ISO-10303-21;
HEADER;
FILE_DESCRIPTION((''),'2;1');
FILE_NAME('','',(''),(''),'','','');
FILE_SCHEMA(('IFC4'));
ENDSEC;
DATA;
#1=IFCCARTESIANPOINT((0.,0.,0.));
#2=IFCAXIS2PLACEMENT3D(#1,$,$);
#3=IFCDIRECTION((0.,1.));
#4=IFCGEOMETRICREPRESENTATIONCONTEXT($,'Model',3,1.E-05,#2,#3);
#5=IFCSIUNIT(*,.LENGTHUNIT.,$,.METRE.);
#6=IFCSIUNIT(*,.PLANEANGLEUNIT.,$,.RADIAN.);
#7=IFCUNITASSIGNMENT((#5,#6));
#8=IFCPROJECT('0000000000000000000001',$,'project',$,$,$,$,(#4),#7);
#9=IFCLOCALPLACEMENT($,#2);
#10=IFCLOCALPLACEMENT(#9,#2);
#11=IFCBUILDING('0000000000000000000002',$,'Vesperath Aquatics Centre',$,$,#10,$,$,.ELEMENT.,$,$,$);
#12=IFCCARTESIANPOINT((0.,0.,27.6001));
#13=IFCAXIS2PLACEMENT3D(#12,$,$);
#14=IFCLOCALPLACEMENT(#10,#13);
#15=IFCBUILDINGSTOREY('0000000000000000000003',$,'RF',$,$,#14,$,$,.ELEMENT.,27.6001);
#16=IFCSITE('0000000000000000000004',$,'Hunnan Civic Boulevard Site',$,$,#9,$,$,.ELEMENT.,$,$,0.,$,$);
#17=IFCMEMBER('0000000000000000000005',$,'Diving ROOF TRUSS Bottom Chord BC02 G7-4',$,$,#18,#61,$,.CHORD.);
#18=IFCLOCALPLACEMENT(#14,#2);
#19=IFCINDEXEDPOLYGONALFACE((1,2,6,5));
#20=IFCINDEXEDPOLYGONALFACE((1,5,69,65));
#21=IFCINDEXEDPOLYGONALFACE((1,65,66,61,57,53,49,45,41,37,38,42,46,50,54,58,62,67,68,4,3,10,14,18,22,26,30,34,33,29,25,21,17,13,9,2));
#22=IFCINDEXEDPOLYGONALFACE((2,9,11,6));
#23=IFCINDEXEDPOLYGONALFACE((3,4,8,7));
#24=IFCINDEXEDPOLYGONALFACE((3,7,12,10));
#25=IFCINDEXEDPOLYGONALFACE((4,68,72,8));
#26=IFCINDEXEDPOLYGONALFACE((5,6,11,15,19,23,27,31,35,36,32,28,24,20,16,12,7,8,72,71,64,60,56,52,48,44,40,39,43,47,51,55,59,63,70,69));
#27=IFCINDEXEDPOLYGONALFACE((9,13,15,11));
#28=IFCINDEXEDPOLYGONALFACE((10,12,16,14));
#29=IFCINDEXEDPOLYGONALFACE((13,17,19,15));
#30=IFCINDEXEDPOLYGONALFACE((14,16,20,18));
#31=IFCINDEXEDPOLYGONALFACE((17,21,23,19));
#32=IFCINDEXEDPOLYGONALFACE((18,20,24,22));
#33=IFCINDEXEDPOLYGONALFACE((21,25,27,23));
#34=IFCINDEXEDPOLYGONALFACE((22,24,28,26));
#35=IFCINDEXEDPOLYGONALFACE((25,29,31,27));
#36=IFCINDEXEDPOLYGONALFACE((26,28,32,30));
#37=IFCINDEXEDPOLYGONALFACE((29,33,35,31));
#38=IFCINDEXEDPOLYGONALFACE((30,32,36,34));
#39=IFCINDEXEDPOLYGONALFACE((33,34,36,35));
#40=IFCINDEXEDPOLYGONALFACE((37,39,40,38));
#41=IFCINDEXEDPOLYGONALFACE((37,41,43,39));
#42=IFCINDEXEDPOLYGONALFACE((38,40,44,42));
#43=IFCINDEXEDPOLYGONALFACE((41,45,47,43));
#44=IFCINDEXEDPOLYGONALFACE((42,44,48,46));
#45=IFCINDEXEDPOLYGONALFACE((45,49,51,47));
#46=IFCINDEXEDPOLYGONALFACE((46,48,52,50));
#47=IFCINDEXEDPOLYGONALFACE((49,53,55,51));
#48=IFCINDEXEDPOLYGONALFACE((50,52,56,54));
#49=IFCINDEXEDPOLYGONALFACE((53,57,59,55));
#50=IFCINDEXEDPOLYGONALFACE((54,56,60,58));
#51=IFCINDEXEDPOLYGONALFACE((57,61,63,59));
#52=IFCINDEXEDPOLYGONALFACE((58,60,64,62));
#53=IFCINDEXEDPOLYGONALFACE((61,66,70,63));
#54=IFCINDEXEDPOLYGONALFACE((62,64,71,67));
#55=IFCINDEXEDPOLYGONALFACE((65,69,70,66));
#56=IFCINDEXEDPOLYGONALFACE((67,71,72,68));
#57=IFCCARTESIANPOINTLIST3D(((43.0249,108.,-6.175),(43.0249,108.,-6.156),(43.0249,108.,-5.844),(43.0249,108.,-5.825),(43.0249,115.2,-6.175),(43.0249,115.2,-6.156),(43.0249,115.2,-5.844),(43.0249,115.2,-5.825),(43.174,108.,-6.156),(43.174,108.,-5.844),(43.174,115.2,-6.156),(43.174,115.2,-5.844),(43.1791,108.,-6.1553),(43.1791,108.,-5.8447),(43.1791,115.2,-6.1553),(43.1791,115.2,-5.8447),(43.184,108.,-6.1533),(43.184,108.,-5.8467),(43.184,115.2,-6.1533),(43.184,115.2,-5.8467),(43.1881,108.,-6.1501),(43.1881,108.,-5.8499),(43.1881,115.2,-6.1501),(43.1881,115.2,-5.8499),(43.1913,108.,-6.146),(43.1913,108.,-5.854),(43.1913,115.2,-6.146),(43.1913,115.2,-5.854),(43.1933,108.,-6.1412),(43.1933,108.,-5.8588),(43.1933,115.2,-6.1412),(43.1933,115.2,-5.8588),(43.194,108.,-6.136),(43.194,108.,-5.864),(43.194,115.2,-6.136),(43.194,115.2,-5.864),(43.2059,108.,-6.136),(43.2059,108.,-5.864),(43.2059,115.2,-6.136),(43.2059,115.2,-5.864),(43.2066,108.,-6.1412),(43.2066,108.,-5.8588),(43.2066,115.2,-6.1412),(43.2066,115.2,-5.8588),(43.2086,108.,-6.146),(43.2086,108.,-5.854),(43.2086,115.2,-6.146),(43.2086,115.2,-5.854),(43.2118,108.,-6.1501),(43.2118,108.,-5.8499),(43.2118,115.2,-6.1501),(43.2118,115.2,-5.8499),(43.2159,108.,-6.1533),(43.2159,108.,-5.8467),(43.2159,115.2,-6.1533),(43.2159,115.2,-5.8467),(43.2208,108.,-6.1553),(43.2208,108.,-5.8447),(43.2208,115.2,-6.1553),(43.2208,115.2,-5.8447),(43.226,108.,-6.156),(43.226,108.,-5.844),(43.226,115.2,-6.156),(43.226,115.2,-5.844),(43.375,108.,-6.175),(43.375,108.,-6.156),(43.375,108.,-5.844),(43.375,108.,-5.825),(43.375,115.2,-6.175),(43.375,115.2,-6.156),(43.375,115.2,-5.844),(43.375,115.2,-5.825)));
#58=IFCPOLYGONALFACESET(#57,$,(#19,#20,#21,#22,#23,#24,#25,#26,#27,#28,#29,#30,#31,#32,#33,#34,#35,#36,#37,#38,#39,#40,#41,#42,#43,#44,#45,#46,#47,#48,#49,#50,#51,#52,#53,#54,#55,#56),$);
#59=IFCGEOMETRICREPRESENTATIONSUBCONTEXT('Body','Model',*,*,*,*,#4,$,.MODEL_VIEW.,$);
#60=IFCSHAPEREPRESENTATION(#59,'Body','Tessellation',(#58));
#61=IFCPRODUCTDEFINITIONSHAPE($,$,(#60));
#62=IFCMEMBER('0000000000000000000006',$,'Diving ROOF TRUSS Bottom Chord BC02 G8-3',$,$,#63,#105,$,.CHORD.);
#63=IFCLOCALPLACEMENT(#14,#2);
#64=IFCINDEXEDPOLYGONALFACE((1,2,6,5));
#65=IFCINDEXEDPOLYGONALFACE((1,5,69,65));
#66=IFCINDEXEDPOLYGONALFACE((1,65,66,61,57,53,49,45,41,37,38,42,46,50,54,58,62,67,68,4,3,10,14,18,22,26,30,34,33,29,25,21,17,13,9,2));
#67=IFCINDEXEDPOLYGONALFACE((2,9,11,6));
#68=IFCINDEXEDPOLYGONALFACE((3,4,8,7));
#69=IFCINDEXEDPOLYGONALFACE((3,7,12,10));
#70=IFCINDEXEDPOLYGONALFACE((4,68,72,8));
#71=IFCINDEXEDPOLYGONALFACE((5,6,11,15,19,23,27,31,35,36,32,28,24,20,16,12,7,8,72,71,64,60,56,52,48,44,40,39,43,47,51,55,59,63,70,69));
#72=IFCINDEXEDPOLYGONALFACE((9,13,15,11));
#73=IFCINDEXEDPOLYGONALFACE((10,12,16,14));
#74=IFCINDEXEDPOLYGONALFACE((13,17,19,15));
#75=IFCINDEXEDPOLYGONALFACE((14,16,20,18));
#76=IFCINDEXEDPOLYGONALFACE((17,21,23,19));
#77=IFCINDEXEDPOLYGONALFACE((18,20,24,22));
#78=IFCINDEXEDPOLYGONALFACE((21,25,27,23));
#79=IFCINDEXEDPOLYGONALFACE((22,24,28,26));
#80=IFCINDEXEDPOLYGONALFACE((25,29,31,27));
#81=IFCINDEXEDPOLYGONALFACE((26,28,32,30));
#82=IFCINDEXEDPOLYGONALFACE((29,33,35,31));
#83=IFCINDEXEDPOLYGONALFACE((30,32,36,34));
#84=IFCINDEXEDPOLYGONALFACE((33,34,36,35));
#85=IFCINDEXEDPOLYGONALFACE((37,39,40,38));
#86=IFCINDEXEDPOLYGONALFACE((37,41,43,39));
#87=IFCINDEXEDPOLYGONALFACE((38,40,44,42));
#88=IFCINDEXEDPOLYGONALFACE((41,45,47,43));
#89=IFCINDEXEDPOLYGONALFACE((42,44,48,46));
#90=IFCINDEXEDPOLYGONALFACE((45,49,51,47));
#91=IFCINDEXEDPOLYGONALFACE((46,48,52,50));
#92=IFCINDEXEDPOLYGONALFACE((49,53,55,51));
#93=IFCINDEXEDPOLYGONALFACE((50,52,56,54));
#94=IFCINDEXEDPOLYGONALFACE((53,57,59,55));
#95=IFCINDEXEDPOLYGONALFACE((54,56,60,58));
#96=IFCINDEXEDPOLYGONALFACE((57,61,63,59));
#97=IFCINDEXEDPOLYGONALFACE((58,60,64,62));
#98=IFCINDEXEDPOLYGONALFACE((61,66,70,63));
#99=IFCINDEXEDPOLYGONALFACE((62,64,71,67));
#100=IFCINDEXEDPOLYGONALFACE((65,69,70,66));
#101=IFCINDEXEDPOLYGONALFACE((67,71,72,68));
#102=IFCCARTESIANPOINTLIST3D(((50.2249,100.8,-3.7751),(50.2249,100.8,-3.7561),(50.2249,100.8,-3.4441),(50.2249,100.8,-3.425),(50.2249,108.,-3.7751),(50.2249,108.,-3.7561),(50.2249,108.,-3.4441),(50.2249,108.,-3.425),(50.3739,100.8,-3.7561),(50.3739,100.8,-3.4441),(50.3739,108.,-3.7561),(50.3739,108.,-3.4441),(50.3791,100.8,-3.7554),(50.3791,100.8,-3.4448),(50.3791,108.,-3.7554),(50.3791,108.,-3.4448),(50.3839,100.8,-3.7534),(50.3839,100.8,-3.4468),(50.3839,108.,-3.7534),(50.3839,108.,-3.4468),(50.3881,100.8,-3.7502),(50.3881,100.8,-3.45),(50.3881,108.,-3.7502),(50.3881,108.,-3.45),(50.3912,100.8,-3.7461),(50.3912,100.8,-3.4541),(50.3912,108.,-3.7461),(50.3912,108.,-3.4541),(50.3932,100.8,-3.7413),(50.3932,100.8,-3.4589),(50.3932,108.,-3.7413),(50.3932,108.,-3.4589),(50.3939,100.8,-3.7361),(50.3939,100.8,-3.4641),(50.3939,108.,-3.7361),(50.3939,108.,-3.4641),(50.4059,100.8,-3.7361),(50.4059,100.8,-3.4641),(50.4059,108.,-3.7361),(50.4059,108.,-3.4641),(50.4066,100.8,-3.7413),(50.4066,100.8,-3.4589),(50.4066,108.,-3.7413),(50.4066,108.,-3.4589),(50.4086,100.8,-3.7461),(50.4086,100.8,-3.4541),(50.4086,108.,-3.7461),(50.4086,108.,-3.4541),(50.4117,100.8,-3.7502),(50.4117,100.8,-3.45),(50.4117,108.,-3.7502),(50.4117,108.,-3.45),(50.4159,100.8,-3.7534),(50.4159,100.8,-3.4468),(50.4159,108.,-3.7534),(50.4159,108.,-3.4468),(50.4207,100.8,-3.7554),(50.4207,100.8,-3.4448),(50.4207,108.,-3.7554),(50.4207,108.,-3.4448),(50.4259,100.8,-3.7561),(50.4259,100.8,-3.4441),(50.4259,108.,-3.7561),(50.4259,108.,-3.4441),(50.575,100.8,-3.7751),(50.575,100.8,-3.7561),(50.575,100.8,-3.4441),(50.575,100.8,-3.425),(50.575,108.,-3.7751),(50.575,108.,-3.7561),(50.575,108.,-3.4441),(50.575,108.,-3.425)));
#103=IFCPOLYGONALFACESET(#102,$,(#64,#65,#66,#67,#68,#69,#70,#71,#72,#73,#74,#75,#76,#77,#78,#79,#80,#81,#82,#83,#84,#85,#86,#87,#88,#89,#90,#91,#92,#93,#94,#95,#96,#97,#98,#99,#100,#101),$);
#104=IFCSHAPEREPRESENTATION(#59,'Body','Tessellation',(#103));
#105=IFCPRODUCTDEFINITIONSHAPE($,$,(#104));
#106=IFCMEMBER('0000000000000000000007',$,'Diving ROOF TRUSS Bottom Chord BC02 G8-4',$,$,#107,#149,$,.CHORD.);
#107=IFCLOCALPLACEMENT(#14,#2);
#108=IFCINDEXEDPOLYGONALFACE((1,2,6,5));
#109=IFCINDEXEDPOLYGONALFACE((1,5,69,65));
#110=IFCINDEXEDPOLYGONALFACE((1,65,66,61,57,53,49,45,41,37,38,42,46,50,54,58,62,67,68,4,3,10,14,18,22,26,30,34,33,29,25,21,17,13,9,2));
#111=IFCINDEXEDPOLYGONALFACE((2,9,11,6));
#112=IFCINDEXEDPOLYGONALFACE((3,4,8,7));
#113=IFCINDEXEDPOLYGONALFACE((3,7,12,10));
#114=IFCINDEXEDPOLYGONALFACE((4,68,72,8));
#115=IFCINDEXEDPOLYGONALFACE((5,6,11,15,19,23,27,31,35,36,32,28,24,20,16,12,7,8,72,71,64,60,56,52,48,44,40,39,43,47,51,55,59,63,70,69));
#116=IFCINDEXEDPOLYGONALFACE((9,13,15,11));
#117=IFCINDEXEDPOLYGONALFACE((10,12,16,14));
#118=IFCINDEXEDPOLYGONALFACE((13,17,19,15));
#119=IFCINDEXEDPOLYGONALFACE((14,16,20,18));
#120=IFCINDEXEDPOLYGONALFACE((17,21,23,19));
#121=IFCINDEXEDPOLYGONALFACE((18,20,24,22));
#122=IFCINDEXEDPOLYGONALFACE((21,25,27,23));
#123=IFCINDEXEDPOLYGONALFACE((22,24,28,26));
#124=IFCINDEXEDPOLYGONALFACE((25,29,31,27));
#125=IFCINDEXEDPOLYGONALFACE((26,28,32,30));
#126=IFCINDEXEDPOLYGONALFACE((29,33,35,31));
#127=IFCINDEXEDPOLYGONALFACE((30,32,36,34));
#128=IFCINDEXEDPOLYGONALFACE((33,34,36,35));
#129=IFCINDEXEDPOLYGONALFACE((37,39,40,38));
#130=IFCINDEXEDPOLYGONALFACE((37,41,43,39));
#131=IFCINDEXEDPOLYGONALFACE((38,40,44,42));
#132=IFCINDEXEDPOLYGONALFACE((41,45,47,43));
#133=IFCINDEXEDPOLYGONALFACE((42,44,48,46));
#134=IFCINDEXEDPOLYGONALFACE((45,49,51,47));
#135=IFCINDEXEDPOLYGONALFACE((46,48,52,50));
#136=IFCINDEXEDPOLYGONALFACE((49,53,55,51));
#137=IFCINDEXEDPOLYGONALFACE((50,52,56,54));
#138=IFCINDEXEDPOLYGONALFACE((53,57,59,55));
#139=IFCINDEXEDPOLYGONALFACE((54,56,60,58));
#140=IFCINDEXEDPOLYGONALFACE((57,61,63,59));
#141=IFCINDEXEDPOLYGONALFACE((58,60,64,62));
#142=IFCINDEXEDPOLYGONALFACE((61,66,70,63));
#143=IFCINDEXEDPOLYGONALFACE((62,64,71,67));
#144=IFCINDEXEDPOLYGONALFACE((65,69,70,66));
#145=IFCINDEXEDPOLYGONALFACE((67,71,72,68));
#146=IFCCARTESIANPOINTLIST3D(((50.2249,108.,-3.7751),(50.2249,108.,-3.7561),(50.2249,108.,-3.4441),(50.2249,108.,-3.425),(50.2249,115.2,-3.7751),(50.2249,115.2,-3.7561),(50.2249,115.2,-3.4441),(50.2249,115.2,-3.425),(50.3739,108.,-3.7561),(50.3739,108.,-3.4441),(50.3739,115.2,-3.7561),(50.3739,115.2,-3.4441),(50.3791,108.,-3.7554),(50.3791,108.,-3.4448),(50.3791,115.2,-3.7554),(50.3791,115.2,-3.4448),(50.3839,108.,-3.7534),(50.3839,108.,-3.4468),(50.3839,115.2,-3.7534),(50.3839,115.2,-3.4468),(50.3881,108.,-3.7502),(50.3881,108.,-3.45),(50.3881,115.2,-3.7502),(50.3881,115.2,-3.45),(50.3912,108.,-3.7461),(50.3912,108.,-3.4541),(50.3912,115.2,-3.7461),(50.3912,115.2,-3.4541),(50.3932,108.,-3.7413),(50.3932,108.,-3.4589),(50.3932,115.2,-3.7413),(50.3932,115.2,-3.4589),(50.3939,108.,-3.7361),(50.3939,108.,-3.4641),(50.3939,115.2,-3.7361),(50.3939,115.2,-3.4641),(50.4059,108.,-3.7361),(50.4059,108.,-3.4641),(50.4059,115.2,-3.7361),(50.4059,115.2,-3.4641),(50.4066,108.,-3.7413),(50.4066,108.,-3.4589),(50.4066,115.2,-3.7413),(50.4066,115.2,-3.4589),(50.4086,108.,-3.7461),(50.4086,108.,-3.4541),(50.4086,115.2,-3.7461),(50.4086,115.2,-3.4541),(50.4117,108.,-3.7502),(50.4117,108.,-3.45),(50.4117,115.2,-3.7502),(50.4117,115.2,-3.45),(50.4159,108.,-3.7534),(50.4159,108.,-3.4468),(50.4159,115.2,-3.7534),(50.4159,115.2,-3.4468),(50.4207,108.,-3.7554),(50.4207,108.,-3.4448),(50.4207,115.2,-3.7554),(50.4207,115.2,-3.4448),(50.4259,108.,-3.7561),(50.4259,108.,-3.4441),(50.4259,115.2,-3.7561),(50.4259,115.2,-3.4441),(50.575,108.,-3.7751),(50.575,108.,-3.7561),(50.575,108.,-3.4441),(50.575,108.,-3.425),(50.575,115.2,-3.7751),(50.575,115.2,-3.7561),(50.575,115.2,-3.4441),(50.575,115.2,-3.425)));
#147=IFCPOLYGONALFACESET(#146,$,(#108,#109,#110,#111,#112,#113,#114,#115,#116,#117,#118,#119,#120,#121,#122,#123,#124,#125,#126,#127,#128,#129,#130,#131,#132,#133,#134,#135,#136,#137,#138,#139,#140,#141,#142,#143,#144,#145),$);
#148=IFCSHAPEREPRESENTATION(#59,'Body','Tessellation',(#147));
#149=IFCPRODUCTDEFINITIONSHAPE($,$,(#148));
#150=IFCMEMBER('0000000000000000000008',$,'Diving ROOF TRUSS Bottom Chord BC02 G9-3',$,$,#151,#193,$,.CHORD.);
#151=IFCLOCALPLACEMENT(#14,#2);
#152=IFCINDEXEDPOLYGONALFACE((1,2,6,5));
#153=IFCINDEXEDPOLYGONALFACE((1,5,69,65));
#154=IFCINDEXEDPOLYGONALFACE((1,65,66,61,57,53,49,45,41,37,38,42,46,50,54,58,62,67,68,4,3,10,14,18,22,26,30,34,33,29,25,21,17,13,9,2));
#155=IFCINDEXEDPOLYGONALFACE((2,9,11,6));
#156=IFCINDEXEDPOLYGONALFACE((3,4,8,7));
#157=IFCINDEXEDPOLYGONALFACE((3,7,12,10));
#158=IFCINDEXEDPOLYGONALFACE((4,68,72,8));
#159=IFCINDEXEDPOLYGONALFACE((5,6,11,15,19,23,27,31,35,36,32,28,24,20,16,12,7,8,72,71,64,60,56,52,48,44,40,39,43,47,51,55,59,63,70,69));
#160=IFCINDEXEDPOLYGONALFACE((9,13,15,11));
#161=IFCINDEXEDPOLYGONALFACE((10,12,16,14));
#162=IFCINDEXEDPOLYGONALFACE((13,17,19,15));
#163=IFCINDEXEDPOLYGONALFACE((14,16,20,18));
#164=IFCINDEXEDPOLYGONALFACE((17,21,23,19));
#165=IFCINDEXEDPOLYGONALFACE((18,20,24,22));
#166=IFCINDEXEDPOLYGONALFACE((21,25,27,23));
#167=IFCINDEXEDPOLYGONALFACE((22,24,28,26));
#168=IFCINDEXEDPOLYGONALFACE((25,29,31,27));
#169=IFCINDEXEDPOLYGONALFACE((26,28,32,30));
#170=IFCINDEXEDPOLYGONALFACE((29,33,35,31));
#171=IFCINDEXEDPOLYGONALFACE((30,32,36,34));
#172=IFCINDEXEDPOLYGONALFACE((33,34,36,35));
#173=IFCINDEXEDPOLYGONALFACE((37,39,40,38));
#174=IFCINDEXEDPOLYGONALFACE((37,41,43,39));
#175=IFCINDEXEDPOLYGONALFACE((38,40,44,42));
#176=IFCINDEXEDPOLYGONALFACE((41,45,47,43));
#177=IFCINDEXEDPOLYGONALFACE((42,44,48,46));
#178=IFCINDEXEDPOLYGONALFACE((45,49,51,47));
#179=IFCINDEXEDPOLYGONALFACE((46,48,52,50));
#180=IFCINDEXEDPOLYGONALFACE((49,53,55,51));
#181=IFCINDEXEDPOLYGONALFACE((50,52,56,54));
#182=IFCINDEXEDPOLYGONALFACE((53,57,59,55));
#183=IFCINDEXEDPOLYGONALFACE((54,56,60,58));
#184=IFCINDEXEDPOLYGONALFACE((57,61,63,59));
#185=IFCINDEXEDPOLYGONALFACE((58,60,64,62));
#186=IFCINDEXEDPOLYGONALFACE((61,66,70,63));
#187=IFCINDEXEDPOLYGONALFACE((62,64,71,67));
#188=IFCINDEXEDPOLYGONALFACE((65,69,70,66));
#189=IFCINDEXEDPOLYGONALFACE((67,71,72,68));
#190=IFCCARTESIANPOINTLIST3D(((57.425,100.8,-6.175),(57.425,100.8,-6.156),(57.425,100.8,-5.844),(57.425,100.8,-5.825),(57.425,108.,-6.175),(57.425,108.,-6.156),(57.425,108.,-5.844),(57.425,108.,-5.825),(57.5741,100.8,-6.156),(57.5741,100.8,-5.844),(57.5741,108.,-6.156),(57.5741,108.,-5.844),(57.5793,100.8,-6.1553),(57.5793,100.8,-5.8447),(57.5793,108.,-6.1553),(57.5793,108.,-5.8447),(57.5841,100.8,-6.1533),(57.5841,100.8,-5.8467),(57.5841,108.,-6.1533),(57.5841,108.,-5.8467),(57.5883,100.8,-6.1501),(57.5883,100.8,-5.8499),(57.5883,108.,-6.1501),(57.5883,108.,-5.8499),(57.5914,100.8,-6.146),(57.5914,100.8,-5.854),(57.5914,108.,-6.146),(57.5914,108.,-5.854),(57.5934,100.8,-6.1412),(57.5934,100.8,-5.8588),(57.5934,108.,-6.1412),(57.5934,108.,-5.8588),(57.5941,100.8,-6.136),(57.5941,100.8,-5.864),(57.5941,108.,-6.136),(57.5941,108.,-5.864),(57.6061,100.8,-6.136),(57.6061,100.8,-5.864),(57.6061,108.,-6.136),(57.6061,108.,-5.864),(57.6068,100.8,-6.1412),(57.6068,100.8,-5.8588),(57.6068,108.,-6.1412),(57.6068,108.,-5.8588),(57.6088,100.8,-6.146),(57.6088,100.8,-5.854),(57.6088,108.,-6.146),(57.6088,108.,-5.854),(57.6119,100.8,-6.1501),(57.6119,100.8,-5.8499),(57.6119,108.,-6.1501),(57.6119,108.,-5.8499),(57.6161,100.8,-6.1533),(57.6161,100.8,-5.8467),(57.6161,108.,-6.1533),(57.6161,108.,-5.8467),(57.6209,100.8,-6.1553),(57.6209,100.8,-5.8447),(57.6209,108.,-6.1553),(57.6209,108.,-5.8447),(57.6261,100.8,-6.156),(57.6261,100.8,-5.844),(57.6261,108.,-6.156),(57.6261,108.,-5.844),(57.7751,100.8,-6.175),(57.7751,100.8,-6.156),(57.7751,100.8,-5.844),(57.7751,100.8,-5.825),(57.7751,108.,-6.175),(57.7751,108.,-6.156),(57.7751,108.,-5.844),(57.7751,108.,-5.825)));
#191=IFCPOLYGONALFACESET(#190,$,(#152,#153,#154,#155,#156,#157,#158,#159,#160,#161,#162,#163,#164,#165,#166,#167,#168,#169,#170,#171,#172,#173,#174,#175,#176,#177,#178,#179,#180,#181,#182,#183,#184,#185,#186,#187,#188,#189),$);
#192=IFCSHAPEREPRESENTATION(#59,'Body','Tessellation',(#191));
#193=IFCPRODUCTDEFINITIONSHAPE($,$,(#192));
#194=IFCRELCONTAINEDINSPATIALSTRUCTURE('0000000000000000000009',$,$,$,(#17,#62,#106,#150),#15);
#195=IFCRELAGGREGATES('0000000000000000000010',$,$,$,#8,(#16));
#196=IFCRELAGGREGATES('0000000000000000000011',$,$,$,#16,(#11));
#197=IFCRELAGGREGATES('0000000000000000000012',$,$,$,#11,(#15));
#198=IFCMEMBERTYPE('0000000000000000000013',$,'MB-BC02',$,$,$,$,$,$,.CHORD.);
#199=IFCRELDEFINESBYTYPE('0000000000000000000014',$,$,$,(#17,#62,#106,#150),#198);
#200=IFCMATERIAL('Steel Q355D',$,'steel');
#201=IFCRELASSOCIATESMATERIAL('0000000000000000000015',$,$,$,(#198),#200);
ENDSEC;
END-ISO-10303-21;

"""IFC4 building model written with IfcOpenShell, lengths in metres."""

from ifc_helpers import new_model, si_unit, direction, frame, origin, origin_2d, place, context, subcontext, project, spatial, i_section, extrude, material, material_profile, profile_set, type_object, element, save


model = new_model("IFC4")

# Units and contexts
model_context = context("Model", 3, precision=1e-05, world=origin(), true_north=direction((0.0, 1.0)))
body_context = subcontext(model_context, "Body", "Model", "MODEL_VIEW")
ifc_project = project(units=[si_unit("LENGTHUNIT", "METRE"), si_unit("PLANEANGLEUNIT", "RADIAN")], contexts=[model_context])

# Site, building, storey
site_placement = place(None, origin())
site = spatial("IfcSite", under=ifc_project, at=site_placement, Name="Hunnan Civic Boulevard Site", CompositionType="ELEMENT", RefElevation=0.0)
building_placement = place(site_placement, origin())
building = spatial("IfcBuilding", under=site, at=building_placement, Name="Vesperath Aquatics Centre", CompositionType="ELEMENT")
storey_placement = place(building_placement, frame((0.0, 0.0, 27.6001)))
storey = spatial("IfcBuildingStorey", under=building, at=storey_placement, Name="RF", CompositionType="ELEMENT", Elevation=27.6001)

# Members
ifc_material_1 = material(Name="Steel Q355D", Category="steel")
ifc_material_profile_1 = material_profile(ifc_material_1, i_section(OverallWidth=0.3501, OverallDepth=0.3501, WebThickness=0.012, FlangeThickness=0.019, FilletRadius=0.02, at=origin_2d()), Name="HW 350x350x12x19")
ifc_profile_set_1 = profile_set([ifc_material_profile_1], Name="Steel Q355D")
member_type_1 = type_object("IfcMemberType", Name="MB-BC02", PredefinedType="CHORD", material=ifc_profile_set_1)
for number, where, z_axis, x_axis, name in (
    (1, (43.2, 108.0, -6.0), (0.0, 1.0, 0.0), (-1.0, 0.0, 0.0), "Diving ROOF TRUSS Bottom Chord BC02 G7-4"),
    (2, (50.3999, 100.8, -3.6001), (0.0, 1.0, 0.0), (-1.0, 0.0, 0.0), "Diving ROOF TRUSS Bottom Chord BC02 G8-3"),
    (3, (50.3999, 108.0, -3.6001), (0.0, 1.0, 0.0), (-1.0, 0.0, 0.0), "Diving ROOF TRUSS Bottom Chord BC02 G8-4"),
    (4, (57.6001, 100.8, -6.0), (0.0, 1.0, 0.0), (-1.0, 0.0, 0.0), "Diving ROOF TRUSS Bottom Chord BC02 G9-3"),
):
    element("IfcMember", number, at=place(storey_placement, frame(where, z_axis=z_axis, x_axis=x_axis)), inside=storey, type_object=member_type_1, Name=name, PredefinedType="CHORD", context=body_context, shape_type="SweptSolid", body=[
        extrude(i_section(OverallWidth=0.3501, OverallDepth=0.3501, WebThickness=0.012, FlangeThickness=0.019, FilletRadius=0.02, at=origin_2d()), origin(), (0.0, 0.0, 1.0), 7.2),
    ])

save(model, "model.ifc")
